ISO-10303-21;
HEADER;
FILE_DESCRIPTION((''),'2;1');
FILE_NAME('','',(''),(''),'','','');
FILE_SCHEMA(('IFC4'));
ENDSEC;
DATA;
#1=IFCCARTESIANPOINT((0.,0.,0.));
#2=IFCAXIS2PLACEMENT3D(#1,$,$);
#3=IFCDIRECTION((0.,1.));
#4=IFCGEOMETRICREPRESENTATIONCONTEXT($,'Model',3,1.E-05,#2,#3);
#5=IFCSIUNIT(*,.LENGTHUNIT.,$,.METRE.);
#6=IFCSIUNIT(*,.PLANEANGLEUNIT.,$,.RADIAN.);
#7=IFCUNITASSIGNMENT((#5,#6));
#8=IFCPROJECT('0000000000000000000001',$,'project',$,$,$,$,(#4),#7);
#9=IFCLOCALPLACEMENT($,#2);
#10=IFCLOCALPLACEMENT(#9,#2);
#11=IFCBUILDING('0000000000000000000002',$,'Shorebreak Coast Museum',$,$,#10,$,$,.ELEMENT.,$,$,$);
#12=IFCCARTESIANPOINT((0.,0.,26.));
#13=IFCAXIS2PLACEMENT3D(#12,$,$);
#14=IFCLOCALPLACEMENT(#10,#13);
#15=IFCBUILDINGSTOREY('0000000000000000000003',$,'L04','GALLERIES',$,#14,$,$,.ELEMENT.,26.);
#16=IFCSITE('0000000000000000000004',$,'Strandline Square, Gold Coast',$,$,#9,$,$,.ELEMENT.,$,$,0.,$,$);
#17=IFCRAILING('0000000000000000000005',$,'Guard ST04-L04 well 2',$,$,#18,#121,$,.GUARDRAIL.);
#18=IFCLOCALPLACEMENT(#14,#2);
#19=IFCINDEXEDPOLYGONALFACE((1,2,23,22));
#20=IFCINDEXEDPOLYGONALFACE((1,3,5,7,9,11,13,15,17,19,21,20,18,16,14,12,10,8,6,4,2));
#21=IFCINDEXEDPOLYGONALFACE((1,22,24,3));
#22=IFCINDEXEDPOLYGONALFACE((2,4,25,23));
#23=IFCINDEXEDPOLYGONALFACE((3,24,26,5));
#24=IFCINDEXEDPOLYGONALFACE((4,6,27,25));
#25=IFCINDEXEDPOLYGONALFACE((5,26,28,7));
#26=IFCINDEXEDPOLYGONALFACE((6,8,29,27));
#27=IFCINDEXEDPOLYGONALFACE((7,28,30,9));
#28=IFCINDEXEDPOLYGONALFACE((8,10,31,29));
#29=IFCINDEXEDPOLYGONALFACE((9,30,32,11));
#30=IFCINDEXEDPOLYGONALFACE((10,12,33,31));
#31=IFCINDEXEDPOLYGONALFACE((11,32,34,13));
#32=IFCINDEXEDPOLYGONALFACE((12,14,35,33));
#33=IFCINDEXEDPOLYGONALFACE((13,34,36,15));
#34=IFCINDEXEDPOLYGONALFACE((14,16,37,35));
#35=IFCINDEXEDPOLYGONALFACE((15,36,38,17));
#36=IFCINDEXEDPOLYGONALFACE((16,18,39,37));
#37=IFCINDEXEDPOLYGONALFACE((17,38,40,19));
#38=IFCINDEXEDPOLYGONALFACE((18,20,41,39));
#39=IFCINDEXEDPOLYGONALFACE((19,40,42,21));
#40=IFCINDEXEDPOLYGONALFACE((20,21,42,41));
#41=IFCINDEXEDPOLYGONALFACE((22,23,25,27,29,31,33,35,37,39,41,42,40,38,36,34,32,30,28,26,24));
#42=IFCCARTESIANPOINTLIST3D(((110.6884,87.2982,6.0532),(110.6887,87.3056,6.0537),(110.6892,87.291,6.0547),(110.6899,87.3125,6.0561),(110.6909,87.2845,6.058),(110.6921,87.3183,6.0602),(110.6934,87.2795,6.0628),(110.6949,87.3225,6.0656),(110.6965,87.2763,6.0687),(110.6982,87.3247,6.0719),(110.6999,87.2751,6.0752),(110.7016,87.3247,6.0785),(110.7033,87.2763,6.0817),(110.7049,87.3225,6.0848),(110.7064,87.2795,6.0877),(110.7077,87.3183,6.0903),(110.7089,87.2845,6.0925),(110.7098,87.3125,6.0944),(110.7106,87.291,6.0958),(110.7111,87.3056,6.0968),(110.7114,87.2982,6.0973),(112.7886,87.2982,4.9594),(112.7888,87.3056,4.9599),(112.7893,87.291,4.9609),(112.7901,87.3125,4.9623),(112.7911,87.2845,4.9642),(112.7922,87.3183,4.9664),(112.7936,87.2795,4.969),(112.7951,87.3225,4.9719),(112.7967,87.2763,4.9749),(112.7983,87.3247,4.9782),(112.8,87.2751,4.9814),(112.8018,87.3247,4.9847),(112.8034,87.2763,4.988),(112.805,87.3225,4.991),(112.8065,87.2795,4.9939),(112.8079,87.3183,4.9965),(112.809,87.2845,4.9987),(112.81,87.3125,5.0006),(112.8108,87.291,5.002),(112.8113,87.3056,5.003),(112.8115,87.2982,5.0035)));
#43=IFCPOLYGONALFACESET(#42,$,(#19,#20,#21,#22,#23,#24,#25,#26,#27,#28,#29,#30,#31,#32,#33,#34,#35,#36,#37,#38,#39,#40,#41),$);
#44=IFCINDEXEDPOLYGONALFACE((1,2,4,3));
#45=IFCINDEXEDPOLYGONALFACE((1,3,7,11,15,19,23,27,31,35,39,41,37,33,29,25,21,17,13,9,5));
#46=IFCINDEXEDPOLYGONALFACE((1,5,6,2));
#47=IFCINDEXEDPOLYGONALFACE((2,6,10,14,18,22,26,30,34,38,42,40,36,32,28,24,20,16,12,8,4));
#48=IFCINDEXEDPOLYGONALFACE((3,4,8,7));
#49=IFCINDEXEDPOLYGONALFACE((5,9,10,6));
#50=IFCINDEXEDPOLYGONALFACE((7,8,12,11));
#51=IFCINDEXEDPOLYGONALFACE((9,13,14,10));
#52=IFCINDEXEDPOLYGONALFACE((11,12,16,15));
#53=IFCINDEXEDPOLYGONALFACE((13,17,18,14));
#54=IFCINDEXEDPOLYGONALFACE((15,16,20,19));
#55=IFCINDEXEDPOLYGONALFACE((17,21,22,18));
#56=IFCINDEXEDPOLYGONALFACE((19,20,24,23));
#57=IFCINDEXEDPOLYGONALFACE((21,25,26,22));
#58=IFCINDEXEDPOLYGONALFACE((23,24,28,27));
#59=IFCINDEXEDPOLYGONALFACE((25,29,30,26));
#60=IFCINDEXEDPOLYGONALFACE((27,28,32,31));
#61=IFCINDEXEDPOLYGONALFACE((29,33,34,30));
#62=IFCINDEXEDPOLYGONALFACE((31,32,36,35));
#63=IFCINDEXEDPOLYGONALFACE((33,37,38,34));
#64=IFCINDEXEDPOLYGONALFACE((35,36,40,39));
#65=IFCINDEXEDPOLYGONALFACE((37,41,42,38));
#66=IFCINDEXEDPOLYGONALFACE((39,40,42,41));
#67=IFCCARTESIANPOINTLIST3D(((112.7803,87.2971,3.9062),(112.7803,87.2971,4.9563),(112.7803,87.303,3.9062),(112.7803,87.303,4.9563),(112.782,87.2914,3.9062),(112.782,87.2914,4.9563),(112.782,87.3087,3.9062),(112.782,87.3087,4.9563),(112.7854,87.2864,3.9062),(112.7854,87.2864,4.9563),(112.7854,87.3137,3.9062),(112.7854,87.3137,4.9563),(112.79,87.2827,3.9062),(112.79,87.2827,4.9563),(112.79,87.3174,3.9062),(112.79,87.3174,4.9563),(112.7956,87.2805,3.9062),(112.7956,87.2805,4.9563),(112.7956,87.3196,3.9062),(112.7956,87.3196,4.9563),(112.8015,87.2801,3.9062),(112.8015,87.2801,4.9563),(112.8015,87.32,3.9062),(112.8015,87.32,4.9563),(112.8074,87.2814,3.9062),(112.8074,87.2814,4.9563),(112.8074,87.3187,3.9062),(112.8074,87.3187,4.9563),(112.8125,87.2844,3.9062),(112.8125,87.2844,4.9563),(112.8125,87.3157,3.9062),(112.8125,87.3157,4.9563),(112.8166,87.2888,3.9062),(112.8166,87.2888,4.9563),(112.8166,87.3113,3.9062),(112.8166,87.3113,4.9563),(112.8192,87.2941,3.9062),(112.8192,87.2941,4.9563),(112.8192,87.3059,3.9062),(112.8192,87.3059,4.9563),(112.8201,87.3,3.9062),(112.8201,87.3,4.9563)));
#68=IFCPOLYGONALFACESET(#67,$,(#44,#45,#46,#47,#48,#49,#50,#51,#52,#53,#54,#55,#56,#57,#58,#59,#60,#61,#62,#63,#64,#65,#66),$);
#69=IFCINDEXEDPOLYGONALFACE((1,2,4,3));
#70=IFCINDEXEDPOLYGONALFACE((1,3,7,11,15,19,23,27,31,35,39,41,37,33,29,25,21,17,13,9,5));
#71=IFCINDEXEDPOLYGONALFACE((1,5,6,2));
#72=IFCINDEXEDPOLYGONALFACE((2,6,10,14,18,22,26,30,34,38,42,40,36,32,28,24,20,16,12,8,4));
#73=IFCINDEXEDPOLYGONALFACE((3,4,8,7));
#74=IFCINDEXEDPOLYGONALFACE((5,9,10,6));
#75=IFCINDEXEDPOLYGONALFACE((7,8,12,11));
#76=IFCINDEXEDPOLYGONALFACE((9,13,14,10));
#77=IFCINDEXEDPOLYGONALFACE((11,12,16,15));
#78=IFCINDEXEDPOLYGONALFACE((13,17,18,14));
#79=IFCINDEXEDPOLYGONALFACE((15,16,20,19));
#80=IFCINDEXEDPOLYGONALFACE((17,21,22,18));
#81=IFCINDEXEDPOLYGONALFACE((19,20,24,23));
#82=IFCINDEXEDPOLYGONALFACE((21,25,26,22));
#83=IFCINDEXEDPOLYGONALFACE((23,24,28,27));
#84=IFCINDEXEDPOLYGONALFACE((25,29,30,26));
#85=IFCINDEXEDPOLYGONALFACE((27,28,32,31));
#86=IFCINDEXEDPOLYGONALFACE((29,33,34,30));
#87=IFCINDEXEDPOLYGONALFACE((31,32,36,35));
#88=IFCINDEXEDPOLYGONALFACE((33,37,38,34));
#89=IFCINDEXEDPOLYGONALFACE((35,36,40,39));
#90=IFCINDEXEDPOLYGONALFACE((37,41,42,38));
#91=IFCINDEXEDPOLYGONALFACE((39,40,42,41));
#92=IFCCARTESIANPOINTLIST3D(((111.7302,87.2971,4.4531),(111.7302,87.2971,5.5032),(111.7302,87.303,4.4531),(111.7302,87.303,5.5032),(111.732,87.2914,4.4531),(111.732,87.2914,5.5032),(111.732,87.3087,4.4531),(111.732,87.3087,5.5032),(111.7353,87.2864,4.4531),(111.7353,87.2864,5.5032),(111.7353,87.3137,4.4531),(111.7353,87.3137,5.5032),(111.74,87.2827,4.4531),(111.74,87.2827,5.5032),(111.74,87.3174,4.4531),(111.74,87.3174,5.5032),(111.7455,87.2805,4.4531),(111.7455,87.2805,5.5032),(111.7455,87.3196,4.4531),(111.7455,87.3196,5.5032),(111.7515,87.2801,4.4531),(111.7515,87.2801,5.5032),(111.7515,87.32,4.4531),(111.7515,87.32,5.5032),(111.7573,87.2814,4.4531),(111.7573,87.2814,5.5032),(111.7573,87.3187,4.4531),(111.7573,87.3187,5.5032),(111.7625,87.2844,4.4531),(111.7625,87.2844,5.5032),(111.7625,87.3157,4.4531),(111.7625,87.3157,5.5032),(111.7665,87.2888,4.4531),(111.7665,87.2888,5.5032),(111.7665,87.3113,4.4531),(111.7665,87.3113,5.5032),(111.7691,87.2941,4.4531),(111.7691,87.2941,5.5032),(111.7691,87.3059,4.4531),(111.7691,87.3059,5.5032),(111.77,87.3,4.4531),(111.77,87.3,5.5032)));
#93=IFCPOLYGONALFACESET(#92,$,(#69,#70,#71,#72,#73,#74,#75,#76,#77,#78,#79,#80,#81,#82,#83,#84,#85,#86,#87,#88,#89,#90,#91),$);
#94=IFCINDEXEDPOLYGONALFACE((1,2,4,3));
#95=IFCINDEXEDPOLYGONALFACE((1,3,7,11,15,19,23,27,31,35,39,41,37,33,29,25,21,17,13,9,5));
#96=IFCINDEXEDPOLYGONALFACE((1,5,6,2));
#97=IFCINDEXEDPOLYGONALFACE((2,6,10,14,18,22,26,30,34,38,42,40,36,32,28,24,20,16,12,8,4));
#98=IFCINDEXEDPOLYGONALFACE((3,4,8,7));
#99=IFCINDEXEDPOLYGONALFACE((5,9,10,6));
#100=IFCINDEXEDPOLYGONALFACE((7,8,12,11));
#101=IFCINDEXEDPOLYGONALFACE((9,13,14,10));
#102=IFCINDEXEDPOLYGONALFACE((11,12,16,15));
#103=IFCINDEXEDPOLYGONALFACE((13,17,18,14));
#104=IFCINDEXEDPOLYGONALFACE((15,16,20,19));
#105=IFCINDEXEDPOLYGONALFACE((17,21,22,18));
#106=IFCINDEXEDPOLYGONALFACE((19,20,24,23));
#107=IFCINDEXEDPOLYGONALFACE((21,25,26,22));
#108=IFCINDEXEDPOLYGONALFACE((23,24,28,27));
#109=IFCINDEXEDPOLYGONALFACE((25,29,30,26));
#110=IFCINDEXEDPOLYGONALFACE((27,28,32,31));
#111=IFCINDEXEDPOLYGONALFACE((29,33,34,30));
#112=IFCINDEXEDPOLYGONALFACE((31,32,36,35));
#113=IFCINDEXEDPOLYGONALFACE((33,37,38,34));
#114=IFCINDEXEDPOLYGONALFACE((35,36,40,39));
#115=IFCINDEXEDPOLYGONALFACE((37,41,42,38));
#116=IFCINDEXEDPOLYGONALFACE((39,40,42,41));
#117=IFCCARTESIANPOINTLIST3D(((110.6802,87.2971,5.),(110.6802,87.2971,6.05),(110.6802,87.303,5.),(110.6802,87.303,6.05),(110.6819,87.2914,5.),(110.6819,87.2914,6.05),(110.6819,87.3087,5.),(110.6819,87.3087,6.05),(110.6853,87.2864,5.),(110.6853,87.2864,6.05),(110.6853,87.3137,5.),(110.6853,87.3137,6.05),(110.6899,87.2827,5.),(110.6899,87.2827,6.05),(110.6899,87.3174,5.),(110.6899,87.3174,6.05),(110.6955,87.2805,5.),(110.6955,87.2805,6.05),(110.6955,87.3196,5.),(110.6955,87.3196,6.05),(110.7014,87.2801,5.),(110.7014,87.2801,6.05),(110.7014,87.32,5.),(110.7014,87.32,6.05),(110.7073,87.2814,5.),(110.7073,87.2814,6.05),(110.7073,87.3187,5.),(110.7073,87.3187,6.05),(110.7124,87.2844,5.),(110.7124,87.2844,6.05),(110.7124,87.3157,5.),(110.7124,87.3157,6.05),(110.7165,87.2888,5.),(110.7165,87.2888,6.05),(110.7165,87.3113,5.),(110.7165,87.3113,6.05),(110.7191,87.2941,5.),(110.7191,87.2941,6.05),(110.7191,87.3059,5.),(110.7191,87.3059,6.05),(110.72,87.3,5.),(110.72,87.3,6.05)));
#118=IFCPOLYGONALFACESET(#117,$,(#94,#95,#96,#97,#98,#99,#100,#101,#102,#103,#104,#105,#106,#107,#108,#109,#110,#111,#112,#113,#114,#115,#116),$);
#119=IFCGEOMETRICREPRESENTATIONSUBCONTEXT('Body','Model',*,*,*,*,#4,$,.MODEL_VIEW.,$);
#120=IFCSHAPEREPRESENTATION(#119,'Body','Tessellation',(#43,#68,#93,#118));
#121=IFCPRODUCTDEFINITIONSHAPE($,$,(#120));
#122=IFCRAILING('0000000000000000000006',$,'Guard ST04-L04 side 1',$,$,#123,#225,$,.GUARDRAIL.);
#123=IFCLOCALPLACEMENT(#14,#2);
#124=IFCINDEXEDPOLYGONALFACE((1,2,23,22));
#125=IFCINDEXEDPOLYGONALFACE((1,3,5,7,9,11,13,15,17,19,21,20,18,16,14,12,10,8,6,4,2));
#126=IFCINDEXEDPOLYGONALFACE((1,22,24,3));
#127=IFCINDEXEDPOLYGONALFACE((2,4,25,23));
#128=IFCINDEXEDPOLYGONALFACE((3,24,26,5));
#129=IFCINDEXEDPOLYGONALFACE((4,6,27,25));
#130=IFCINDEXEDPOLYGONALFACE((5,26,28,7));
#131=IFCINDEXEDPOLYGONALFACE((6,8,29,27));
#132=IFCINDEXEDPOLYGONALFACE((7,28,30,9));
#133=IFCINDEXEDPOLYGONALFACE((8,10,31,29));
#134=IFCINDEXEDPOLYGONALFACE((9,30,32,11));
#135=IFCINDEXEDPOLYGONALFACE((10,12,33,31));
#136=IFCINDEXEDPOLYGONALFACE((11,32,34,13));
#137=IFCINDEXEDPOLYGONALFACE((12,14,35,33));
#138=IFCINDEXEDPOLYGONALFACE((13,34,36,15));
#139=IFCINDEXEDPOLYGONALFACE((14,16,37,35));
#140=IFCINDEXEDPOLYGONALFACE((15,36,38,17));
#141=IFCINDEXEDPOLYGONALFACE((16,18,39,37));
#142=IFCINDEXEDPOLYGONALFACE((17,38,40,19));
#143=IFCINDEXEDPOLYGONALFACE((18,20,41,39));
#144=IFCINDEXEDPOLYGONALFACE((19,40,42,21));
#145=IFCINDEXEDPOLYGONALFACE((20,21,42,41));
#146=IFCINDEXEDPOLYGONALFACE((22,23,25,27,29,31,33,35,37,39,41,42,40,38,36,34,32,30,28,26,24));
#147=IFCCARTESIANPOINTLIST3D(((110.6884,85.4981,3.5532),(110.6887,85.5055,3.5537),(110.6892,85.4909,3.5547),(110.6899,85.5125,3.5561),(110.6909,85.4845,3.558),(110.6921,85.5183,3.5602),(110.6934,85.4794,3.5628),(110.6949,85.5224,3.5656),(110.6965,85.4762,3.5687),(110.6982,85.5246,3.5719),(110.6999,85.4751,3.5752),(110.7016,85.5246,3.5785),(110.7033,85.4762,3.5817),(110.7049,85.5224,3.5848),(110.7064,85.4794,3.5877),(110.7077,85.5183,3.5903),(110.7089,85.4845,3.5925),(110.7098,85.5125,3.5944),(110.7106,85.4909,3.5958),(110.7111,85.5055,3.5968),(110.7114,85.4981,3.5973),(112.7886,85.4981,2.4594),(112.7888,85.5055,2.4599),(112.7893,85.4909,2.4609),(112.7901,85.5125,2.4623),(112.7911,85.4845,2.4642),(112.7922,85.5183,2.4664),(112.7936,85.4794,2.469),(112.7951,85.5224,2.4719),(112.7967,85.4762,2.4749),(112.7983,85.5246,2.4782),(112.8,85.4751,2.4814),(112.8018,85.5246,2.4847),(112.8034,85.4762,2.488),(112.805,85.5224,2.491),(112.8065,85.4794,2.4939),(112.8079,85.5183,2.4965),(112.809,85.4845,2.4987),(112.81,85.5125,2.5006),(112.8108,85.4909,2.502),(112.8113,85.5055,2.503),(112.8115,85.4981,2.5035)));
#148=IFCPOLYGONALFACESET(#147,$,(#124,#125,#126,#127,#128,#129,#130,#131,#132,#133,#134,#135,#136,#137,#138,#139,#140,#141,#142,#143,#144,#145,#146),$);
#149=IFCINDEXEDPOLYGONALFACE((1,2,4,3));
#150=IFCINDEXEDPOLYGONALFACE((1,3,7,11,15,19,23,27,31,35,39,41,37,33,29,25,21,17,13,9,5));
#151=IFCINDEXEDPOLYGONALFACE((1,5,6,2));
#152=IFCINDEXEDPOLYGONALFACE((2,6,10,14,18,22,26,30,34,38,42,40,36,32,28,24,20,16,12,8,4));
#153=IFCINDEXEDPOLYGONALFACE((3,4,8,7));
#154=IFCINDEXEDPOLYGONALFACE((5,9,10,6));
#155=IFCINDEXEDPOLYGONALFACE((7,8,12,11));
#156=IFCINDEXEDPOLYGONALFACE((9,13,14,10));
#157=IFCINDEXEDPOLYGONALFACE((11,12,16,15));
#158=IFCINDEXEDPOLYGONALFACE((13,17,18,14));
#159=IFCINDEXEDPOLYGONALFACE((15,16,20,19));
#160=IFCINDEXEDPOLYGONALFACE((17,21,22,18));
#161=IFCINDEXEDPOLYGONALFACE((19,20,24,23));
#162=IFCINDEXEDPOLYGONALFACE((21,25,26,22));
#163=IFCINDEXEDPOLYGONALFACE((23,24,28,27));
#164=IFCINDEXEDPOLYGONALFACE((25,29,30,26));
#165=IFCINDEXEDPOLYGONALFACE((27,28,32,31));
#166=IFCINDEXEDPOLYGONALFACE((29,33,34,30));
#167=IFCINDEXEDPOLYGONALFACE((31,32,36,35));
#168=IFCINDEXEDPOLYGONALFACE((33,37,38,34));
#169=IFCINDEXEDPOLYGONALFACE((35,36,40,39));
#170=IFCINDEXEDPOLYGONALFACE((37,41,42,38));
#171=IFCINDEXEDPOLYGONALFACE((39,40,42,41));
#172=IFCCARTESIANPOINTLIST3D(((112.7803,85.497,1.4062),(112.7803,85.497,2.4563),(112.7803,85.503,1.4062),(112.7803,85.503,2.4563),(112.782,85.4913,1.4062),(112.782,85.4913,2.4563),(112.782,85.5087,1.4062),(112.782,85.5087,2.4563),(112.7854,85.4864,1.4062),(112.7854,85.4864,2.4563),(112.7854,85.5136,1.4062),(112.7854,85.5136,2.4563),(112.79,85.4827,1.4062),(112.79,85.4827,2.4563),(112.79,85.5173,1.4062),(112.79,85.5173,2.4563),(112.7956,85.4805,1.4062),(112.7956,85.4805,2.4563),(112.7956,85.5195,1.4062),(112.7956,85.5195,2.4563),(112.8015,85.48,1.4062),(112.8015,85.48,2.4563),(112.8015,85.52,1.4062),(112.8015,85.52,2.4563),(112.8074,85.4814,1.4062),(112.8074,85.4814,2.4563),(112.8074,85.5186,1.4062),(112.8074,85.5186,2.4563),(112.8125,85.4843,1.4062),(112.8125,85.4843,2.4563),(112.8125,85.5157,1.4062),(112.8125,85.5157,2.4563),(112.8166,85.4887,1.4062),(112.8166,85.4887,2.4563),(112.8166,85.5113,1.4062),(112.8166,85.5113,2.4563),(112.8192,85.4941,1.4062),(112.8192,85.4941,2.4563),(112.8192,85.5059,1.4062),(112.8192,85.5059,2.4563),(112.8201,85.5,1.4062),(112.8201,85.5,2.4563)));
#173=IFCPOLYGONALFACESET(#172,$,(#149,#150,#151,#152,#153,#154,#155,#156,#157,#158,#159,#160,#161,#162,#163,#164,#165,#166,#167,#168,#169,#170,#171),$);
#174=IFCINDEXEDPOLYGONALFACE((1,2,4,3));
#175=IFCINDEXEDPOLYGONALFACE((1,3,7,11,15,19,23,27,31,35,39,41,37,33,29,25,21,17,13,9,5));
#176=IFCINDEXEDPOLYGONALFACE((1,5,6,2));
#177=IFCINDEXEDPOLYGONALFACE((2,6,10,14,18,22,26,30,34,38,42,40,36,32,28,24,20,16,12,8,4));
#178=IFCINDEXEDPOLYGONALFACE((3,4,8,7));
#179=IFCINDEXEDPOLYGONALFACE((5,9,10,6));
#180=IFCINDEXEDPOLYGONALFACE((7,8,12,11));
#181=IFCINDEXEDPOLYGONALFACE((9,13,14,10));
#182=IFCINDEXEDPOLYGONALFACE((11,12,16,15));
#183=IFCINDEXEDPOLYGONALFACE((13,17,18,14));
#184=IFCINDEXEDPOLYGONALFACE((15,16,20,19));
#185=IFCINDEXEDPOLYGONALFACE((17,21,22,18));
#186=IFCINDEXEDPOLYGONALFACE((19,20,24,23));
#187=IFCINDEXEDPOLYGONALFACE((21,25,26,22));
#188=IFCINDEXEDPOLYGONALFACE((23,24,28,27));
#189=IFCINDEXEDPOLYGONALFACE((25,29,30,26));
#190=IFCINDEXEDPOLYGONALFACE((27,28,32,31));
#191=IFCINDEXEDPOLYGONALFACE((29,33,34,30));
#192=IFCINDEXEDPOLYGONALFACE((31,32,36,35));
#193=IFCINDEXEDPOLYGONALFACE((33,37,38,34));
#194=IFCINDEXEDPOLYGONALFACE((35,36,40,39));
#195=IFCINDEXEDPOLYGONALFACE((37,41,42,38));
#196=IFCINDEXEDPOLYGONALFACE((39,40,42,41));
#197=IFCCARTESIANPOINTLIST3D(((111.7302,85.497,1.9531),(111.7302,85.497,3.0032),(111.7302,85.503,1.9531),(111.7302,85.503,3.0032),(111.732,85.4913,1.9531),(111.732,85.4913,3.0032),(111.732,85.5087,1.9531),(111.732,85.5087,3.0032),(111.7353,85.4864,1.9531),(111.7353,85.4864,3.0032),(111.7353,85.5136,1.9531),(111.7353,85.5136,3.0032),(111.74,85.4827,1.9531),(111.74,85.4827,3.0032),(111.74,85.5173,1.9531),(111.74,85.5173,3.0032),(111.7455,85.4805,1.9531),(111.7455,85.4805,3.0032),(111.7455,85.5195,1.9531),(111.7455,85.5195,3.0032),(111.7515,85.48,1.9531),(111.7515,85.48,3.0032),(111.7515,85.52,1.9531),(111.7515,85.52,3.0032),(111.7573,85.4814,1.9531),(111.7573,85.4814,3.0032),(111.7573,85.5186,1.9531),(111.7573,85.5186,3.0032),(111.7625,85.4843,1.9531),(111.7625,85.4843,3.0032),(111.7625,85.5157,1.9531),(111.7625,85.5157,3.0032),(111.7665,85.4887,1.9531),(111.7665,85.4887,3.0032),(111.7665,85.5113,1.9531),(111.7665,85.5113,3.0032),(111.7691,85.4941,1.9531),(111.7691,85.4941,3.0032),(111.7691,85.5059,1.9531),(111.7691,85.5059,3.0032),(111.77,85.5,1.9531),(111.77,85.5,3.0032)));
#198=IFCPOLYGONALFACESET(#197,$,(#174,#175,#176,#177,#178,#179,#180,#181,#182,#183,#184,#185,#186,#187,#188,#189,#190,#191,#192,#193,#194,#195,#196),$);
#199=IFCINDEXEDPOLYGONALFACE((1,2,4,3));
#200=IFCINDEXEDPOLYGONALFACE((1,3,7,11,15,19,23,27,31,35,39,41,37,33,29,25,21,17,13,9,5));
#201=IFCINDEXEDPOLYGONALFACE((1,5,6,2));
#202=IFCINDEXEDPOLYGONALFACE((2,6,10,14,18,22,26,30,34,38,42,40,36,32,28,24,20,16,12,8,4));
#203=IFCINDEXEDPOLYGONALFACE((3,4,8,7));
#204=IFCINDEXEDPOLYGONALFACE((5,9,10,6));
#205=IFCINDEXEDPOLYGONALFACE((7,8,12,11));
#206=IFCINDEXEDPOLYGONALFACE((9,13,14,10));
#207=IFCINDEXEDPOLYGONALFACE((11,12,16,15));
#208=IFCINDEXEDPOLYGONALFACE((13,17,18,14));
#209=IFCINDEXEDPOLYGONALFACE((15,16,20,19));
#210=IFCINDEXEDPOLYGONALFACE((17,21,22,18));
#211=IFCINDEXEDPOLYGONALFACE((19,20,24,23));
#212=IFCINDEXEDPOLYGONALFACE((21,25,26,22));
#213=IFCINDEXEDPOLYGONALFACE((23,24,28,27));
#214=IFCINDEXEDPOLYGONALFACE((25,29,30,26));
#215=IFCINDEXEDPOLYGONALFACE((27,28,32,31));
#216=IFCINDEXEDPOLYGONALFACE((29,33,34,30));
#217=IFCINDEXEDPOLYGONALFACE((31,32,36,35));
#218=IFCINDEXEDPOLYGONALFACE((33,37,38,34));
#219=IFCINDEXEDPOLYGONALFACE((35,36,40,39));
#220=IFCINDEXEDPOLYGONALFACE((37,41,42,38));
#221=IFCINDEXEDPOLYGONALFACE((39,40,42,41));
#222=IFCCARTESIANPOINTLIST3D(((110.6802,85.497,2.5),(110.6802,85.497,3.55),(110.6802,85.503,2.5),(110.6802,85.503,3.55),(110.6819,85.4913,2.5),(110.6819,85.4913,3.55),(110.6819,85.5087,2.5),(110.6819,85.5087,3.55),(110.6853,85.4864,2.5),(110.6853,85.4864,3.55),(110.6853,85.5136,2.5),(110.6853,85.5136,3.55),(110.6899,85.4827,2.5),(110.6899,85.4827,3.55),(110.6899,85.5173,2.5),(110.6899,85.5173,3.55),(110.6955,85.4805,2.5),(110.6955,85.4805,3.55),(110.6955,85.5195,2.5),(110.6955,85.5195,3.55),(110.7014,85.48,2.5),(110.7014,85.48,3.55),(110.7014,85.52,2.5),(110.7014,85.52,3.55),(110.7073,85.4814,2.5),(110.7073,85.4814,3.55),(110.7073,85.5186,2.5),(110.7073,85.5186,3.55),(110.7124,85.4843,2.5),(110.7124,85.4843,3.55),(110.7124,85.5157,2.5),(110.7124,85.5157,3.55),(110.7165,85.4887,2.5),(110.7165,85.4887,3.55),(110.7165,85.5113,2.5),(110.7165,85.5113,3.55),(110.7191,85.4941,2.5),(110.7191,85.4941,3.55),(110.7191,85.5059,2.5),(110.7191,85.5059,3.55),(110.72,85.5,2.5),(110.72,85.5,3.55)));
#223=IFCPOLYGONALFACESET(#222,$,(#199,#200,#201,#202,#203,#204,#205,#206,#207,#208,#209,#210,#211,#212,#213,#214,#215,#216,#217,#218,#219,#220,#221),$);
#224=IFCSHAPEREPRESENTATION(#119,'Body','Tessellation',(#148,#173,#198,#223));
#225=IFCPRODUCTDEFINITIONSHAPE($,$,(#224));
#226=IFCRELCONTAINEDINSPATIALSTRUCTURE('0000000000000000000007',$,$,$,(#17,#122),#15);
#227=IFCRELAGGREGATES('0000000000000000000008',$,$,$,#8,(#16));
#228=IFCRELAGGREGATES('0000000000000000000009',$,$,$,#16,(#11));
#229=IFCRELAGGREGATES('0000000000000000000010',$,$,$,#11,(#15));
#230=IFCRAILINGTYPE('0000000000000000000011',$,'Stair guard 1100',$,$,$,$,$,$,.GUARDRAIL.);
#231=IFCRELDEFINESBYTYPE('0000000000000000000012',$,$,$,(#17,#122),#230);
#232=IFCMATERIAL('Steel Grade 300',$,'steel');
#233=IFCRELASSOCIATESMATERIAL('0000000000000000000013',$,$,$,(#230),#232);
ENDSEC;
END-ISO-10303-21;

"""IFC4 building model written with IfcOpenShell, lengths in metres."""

from ifc_helpers import new_model, si_unit, direction, frame, origin, origin_2d, place, context, subcontext, project, spatial, circle, extrude, material, type_object, element, save


model = new_model("IFC4")

# Units and contexts
model_context = context("Model", 3, precision=1e-05, world=origin(), true_north=direction((0.0, 1.0)))
body_context = subcontext(model_context, "Body", "Model", "MODEL_VIEW")
ifc_project = project(units=[si_unit("LENGTHUNIT", "METRE"), si_unit("PLANEANGLEUNIT", "RADIAN")], contexts=[model_context])

# Site, building, storey
site_placement = place(None, origin())
site = spatial("IfcSite", under=ifc_project, at=site_placement, Name="Strandline Square, Gold Coast", CompositionType="ELEMENT", RefElevation=0.0)
building_placement = place(site_placement, origin())
building = spatial("IfcBuilding", under=site, at=building_placement, Name="Shorebreak Coast Museum", CompositionType="ELEMENT")
storey_placement = place(building_placement, frame((0.0, 0.0, 26.0)))
storey = spatial("IfcBuildingStorey", under=building, at=storey_placement, Name="L04", Description="GALLERIES", CompositionType="ELEMENT", Elevation=26.0)

# Railings
ifc_material_1 = material(Name="Steel Grade 300", Category="steel")
railing_type_1 = type_object("IfcRailingType", Name="Stair guard 1100", PredefinedType="GUARDRAIL", material=ifc_material_1)
for number, where, name in (
    (1, (112.8, 87.3, 3.9062), "Guard ST04-L04 well 2"),
    (2, (112.8, 85.5, 1.4062), "Guard ST04-L04 side 1"),
):
    element("IfcRailing", number, at=place(storey_placement, frame(where)), inside=storey, type_object=railing_type_1, Name=name, PredefinedType="GUARDRAIL", context=body_context, shape_type="SweptSolid", body=[
        extrude(circle(Radius=0.0249, at=origin_2d()), frame((0.0, 0.0, 1.0752), z_axis=(-0.886923, 0.0, 0.461918), x_axis=(0.0, -1.0, 0.0)), (0.0, 0.0, 1.0), 2.3679),
        extrude(circle(Radius=0.02, at=origin_2d()), origin(), (0.0, 0.0, 1.0), 1.05),
        extrude(circle(Radius=0.02, at=origin_2d()), frame((-1.05, 0.0, 0.5469)), (0.0, 0.0, 1.0), 1.05),
        extrude(circle(Radius=0.02, at=origin_2d()), frame((-2.1001, 0.0, 1.0938)), (0.0, 0.0, 1.0), 1.05),
    ])

save(model, "model.ifc")
